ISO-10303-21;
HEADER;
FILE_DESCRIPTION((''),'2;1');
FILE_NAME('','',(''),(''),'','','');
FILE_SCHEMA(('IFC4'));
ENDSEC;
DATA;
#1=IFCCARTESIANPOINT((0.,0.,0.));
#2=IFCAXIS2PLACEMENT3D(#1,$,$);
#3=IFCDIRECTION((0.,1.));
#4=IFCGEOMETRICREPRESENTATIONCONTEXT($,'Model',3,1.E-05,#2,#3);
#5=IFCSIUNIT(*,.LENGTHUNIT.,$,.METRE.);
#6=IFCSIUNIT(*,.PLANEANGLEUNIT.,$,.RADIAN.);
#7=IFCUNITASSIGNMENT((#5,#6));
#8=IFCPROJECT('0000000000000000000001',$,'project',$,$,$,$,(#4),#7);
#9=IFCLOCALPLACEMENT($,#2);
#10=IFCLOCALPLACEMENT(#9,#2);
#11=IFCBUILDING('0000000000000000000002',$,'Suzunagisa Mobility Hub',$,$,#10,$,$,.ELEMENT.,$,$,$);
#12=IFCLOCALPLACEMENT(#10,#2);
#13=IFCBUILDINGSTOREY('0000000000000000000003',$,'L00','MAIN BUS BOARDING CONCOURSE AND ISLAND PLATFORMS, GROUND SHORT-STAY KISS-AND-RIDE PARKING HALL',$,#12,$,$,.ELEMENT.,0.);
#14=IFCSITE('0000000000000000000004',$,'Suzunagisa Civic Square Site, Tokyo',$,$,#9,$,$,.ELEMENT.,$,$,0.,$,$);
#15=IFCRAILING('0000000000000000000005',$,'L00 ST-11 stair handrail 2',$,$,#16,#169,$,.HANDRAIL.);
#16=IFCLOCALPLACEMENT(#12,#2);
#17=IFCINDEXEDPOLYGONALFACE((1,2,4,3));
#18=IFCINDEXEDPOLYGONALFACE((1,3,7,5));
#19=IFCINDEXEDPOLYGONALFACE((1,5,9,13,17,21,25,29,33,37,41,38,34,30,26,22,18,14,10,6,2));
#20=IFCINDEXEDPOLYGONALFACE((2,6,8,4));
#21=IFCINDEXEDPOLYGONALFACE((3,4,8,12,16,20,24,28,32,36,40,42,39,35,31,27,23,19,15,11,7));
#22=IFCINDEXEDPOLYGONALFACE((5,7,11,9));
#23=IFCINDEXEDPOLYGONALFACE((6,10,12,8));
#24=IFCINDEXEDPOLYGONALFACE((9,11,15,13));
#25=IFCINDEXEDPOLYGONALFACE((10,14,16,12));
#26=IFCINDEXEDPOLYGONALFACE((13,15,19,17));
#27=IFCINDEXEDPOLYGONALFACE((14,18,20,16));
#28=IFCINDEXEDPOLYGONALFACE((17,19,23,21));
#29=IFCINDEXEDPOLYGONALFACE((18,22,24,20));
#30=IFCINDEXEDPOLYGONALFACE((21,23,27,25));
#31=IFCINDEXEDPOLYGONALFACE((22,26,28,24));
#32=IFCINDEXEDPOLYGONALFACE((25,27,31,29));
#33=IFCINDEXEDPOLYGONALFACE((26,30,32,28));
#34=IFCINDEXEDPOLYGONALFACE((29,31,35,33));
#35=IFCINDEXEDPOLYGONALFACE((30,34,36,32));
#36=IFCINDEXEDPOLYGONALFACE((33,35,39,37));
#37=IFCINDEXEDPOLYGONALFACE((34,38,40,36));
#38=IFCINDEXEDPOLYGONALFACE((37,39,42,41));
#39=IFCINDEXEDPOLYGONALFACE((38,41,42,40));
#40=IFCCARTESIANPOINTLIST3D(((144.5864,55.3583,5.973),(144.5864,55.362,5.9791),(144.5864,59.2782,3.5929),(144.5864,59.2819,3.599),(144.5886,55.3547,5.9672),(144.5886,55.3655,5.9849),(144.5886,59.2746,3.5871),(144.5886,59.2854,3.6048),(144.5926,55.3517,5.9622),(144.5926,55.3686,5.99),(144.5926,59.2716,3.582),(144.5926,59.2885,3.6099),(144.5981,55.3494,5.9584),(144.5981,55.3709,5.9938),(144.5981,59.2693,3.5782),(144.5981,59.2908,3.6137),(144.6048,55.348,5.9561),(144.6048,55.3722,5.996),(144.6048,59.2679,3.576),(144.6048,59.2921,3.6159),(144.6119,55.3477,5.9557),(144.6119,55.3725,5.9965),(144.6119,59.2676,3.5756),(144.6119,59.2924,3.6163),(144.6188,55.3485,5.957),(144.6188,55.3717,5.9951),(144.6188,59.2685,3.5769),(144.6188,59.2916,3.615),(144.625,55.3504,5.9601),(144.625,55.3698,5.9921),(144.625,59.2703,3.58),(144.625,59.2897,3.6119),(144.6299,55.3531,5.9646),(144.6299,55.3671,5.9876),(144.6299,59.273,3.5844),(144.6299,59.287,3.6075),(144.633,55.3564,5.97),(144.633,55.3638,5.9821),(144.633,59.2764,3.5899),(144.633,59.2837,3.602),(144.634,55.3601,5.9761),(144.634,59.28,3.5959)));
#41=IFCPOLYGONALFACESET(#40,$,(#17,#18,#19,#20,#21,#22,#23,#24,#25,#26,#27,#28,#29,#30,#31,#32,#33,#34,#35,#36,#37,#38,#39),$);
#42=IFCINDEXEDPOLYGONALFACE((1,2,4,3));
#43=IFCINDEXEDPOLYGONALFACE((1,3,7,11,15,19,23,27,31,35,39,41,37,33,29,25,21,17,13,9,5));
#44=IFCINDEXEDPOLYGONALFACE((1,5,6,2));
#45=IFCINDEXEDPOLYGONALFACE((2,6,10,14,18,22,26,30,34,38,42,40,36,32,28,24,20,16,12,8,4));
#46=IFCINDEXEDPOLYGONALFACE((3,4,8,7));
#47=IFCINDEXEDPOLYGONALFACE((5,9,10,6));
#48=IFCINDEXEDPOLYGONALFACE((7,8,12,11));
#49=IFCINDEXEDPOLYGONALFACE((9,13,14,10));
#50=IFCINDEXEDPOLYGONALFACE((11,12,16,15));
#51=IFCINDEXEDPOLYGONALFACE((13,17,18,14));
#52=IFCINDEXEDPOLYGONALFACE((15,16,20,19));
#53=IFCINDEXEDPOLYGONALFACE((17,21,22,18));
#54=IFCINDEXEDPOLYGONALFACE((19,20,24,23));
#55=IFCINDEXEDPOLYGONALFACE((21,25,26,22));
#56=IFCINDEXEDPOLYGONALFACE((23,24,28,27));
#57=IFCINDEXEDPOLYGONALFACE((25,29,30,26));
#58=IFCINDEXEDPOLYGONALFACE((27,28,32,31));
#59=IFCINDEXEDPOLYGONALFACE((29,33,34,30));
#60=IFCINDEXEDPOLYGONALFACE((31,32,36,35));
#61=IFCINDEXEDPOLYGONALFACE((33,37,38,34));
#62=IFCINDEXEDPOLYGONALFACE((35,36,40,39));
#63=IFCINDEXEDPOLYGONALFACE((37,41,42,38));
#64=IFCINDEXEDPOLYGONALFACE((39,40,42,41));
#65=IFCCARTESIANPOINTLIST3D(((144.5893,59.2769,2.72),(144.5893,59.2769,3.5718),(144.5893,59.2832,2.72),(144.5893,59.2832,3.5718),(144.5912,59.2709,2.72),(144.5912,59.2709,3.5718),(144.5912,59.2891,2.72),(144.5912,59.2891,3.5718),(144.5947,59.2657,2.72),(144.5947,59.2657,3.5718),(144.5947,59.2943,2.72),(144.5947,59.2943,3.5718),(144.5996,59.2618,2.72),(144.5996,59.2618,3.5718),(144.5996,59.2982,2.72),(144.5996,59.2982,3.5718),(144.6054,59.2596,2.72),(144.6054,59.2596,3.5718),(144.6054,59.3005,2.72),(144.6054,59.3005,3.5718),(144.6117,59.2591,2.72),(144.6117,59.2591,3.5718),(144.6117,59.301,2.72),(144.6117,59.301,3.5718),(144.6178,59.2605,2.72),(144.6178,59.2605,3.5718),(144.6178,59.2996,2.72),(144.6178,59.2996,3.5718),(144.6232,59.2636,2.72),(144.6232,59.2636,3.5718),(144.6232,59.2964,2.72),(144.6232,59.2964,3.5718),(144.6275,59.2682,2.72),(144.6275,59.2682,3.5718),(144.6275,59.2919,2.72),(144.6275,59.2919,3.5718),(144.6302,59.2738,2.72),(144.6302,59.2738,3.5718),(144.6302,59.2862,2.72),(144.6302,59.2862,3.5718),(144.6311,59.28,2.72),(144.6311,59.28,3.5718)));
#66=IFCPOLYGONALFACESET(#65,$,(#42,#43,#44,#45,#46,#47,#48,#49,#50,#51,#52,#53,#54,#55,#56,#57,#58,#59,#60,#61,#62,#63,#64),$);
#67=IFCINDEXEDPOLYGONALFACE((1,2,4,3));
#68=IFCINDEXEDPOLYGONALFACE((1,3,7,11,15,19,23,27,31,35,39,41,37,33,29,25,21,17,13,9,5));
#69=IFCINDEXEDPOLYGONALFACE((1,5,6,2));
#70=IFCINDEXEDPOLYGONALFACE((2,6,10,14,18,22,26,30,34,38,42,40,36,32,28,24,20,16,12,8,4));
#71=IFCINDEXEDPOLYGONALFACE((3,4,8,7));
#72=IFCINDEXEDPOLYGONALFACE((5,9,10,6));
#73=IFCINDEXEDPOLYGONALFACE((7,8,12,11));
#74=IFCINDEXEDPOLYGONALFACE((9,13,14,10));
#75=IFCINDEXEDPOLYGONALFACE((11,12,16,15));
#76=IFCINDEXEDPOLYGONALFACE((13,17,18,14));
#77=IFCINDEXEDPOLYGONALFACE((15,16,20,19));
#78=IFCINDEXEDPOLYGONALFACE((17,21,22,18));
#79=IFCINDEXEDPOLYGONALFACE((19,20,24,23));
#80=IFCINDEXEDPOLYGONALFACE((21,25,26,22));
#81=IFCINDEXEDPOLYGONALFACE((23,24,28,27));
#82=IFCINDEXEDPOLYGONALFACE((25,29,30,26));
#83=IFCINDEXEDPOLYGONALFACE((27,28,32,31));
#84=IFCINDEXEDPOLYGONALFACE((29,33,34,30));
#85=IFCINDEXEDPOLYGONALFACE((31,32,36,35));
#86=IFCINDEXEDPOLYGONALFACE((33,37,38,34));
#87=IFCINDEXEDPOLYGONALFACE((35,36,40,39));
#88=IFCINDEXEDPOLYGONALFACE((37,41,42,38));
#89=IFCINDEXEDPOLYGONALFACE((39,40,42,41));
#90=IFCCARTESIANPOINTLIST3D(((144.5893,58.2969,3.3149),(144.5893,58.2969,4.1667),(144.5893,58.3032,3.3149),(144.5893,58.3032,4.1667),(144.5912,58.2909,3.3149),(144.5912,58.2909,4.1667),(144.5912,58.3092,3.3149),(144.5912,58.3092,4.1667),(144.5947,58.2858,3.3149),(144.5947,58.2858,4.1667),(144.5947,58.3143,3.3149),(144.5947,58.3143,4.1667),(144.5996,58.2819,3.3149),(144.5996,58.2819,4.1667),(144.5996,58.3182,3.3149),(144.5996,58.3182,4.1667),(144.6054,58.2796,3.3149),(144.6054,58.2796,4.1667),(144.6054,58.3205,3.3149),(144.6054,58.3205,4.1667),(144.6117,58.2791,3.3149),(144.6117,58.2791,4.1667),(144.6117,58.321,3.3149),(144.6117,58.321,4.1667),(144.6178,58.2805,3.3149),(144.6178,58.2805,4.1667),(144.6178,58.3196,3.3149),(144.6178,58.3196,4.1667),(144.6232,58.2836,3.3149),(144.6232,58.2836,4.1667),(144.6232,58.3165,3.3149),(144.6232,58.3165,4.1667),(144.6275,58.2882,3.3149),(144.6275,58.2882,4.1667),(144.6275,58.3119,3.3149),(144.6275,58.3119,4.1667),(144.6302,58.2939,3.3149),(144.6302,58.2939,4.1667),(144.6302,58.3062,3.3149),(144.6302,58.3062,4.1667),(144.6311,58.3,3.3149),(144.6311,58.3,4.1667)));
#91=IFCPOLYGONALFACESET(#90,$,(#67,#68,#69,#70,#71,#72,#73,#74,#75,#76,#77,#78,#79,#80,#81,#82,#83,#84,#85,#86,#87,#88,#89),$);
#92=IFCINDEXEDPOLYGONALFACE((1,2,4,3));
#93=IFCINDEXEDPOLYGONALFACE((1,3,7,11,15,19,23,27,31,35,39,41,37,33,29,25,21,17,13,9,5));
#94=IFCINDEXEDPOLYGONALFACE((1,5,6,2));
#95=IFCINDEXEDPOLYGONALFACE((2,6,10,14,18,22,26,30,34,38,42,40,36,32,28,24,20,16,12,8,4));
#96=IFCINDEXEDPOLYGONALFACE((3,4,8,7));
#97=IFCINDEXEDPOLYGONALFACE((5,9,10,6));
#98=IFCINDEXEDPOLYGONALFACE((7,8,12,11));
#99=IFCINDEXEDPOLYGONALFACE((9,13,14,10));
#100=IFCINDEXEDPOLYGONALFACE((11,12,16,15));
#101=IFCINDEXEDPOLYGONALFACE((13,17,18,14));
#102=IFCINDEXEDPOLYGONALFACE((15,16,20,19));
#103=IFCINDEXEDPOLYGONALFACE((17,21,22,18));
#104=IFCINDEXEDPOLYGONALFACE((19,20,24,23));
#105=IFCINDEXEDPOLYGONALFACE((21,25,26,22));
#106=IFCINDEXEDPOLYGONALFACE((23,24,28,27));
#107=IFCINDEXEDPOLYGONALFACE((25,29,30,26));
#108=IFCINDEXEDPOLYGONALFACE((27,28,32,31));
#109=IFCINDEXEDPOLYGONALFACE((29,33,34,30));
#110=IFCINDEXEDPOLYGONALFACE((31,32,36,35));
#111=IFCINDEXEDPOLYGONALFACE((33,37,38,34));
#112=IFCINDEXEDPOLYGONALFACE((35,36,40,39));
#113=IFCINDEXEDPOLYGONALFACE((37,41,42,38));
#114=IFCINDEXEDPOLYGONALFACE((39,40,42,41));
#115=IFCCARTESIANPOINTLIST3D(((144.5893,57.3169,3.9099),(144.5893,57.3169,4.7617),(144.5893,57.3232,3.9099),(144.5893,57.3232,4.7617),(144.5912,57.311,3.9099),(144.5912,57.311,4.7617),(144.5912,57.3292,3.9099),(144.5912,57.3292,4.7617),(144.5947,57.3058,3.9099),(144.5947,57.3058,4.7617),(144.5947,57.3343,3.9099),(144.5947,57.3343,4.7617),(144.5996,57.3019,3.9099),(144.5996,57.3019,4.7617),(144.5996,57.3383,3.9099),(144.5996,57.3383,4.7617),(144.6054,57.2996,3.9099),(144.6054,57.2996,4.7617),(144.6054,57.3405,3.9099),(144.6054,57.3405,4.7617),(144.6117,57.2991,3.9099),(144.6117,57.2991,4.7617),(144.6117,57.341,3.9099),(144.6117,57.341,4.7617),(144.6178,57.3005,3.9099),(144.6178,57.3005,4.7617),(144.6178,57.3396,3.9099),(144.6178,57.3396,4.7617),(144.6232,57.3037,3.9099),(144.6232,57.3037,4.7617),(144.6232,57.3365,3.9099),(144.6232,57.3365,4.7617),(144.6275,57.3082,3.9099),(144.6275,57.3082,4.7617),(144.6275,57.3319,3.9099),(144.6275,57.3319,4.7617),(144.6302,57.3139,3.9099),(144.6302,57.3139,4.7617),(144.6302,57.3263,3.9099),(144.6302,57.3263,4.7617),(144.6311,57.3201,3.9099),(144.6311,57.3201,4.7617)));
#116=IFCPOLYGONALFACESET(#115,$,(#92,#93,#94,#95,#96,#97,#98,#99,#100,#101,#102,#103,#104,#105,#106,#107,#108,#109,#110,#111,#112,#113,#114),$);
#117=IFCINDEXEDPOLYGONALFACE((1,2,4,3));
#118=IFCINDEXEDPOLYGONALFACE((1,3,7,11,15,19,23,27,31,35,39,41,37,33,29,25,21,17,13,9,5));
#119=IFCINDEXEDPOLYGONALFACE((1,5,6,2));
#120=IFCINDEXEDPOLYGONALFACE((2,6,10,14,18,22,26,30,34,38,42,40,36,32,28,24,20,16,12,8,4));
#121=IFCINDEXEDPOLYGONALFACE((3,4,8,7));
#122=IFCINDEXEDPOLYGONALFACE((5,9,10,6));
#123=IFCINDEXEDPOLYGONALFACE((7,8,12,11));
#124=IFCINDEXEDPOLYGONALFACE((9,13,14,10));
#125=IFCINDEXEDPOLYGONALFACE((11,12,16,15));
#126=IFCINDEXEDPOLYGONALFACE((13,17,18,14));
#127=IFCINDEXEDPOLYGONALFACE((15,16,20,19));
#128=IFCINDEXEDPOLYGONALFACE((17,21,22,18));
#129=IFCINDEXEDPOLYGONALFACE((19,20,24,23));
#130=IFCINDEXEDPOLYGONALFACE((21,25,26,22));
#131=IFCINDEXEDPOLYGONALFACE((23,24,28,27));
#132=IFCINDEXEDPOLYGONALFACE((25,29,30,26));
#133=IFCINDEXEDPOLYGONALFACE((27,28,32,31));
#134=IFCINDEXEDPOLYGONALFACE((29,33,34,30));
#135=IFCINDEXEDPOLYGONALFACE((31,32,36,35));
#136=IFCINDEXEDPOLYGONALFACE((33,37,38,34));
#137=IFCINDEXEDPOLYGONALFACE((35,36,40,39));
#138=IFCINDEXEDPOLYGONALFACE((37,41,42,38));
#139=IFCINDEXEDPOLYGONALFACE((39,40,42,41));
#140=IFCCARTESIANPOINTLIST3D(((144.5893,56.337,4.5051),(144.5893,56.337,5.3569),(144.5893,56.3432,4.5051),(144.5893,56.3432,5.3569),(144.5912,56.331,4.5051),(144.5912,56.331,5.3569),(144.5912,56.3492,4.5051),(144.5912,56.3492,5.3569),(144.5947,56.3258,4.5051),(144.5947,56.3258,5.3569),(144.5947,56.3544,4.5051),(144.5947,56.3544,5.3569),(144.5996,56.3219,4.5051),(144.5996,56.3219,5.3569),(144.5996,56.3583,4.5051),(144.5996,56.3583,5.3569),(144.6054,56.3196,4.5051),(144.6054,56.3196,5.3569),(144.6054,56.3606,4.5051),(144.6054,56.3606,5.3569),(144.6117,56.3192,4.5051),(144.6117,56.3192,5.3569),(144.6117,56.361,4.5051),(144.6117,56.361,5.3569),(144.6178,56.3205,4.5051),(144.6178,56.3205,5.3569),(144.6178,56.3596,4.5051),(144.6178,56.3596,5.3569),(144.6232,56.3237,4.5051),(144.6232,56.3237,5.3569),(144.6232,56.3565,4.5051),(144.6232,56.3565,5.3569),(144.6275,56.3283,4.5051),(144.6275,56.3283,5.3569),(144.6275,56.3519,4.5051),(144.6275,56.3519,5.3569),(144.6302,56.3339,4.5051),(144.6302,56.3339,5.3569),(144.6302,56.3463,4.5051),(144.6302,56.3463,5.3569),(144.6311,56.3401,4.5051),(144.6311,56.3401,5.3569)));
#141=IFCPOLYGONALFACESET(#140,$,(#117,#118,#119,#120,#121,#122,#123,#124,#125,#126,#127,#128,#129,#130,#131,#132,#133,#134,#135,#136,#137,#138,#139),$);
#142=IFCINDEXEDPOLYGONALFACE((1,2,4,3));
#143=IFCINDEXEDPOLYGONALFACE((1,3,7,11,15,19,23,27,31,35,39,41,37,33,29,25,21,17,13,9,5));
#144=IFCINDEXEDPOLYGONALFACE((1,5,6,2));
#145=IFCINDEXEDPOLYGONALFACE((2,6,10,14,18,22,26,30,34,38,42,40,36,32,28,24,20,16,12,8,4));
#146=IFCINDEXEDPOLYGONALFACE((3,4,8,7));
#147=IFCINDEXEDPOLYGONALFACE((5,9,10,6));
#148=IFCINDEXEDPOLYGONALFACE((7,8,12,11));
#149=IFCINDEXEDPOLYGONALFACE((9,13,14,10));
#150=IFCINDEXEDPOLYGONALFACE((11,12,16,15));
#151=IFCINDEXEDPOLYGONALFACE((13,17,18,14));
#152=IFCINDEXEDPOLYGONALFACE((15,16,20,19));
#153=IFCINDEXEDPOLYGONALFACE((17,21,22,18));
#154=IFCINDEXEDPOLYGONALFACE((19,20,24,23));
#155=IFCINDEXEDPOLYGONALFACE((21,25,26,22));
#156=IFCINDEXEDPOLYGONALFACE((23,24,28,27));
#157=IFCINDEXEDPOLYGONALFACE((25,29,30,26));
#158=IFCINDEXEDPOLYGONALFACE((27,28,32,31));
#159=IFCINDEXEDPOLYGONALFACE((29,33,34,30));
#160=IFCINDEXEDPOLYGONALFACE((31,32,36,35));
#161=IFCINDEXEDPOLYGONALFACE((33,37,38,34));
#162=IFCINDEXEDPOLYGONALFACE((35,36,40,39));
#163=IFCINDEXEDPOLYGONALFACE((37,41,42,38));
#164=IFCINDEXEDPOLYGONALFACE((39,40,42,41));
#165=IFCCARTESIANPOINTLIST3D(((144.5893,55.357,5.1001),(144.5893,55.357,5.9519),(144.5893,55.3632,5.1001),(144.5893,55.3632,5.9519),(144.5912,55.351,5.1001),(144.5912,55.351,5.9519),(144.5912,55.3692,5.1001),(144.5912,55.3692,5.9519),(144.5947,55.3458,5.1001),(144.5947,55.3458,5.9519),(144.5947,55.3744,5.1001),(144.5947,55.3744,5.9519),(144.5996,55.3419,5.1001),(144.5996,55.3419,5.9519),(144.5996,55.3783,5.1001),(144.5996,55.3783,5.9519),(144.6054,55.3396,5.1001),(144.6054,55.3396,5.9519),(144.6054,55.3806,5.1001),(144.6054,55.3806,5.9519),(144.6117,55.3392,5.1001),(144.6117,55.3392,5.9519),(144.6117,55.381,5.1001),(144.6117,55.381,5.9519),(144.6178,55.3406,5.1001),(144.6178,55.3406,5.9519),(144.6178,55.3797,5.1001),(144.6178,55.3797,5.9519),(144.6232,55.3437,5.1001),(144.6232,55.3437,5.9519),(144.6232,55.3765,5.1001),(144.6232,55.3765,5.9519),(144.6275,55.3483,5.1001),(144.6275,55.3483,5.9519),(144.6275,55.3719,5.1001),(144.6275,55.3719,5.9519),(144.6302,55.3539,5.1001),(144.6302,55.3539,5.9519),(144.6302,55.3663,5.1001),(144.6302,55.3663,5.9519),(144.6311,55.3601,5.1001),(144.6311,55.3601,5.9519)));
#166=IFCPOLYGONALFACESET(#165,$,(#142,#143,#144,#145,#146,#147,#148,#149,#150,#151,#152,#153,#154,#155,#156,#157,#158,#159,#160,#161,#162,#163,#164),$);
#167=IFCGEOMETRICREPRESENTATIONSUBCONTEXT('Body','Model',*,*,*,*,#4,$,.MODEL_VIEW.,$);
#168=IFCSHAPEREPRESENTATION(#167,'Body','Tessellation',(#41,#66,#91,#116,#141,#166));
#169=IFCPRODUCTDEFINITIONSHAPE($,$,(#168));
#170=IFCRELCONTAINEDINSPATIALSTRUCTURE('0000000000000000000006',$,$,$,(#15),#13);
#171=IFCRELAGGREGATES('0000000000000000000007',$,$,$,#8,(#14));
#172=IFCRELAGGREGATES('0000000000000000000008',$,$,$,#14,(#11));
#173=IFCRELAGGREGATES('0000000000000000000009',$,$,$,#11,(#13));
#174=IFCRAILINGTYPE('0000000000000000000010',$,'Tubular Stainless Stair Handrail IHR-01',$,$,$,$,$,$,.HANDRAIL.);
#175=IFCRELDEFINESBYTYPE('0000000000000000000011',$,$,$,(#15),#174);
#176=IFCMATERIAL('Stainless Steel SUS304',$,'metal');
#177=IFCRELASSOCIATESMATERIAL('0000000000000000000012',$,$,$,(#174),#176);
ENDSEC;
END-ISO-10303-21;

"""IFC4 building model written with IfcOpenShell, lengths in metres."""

from ifc_helpers import new_model, si_unit, direction, frame, origin, origin_2d, place, context, subcontext, project, spatial, circle, extrude, material, type_object, element, save


model = new_model("IFC4")

# Units and contexts
model_context = context("Model", 3, precision=1e-05, world=origin(), true_north=direction((0.0, 1.0)))
body_context = subcontext(model_context, "Body", "Model", "MODEL_VIEW")
ifc_project = project(units=[si_unit("LENGTHUNIT", "METRE"), si_unit("PLANEANGLEUNIT", "RADIAN")], contexts=[model_context])

# Site, building, storey
site_placement = place(None, origin())
site = spatial("IfcSite", under=ifc_project, at=site_placement, Name="Suzunagisa Civic Square Site, Tokyo", CompositionType="ELEMENT", RefElevation=0.0)
building_placement = place(site_placement, origin())
building = spatial("IfcBuilding", under=site, at=building_placement, Name="Suzunagisa Mobility Hub", CompositionType="ELEMENT")
storey_placement = place(building_placement, origin())
storey = spatial("IfcBuildingStorey", under=building, at=storey_placement, Name="L00", Description="MAIN BUS BOARDING CONCOURSE AND ISLAND PLATFORMS, GROUND SHORT-STAY KISS-AND-RIDE PARKING HALL", CompositionType="ELEMENT", Elevation=0.0)

# Railing
ifc_material_1 = material(Name="Stainless Steel SUS304", Category="metal")
railing_type_1 = type_object("IfcRailingType", Name="Tubular Stainless Stair Handrail IHR-01", PredefinedType="HANDRAIL", material=ifc_material_1)
railing_1_placement = place(storey_placement, frame((144.6101, 59.28, 2.72)))
element("IfcRailing", 1, at=railing_1_placement, inside=storey, type_object=railing_type_1, Name="L00 ST-11 stair handrail 2", PredefinedType="HANDRAIL", context=body_context, shape_type="SweptSolid", body=[
    extrude(circle(Radius=0.0239, at=origin_2d()), frame((0.0, 0.0, 0.876), z_axis=(0.0, -0.854771, 0.519006), x_axis=(1.0, 0.0, 0.0)), (0.0, 0.0, 1.0), 4.5859),
    extrude(circle(Radius=0.021, at=origin_2d()), origin(), (0.0, 0.0, 1.0), 0.8518),
    extrude(circle(Radius=0.021, at=origin_2d()), frame((0.0, -0.98, 0.595)), (0.0, 0.0, 1.0), 0.8518),
    extrude(circle(Radius=0.021, at=origin_2d()), frame((0.0, -1.96, 1.1899)), (0.0, 0.0, 1.0), 0.8518),
    extrude(circle(Radius=0.021, at=origin_2d()), frame((0.0, -2.9399, 1.7852)), (0.0, 0.0, 1.0), 0.8518),
    extrude(circle(Radius=0.021, at=origin_2d()), frame((0.0, -3.9199, 2.3801)), (0.0, 0.0, 1.0), 0.8518),
])

save(model, "model.ifc")
